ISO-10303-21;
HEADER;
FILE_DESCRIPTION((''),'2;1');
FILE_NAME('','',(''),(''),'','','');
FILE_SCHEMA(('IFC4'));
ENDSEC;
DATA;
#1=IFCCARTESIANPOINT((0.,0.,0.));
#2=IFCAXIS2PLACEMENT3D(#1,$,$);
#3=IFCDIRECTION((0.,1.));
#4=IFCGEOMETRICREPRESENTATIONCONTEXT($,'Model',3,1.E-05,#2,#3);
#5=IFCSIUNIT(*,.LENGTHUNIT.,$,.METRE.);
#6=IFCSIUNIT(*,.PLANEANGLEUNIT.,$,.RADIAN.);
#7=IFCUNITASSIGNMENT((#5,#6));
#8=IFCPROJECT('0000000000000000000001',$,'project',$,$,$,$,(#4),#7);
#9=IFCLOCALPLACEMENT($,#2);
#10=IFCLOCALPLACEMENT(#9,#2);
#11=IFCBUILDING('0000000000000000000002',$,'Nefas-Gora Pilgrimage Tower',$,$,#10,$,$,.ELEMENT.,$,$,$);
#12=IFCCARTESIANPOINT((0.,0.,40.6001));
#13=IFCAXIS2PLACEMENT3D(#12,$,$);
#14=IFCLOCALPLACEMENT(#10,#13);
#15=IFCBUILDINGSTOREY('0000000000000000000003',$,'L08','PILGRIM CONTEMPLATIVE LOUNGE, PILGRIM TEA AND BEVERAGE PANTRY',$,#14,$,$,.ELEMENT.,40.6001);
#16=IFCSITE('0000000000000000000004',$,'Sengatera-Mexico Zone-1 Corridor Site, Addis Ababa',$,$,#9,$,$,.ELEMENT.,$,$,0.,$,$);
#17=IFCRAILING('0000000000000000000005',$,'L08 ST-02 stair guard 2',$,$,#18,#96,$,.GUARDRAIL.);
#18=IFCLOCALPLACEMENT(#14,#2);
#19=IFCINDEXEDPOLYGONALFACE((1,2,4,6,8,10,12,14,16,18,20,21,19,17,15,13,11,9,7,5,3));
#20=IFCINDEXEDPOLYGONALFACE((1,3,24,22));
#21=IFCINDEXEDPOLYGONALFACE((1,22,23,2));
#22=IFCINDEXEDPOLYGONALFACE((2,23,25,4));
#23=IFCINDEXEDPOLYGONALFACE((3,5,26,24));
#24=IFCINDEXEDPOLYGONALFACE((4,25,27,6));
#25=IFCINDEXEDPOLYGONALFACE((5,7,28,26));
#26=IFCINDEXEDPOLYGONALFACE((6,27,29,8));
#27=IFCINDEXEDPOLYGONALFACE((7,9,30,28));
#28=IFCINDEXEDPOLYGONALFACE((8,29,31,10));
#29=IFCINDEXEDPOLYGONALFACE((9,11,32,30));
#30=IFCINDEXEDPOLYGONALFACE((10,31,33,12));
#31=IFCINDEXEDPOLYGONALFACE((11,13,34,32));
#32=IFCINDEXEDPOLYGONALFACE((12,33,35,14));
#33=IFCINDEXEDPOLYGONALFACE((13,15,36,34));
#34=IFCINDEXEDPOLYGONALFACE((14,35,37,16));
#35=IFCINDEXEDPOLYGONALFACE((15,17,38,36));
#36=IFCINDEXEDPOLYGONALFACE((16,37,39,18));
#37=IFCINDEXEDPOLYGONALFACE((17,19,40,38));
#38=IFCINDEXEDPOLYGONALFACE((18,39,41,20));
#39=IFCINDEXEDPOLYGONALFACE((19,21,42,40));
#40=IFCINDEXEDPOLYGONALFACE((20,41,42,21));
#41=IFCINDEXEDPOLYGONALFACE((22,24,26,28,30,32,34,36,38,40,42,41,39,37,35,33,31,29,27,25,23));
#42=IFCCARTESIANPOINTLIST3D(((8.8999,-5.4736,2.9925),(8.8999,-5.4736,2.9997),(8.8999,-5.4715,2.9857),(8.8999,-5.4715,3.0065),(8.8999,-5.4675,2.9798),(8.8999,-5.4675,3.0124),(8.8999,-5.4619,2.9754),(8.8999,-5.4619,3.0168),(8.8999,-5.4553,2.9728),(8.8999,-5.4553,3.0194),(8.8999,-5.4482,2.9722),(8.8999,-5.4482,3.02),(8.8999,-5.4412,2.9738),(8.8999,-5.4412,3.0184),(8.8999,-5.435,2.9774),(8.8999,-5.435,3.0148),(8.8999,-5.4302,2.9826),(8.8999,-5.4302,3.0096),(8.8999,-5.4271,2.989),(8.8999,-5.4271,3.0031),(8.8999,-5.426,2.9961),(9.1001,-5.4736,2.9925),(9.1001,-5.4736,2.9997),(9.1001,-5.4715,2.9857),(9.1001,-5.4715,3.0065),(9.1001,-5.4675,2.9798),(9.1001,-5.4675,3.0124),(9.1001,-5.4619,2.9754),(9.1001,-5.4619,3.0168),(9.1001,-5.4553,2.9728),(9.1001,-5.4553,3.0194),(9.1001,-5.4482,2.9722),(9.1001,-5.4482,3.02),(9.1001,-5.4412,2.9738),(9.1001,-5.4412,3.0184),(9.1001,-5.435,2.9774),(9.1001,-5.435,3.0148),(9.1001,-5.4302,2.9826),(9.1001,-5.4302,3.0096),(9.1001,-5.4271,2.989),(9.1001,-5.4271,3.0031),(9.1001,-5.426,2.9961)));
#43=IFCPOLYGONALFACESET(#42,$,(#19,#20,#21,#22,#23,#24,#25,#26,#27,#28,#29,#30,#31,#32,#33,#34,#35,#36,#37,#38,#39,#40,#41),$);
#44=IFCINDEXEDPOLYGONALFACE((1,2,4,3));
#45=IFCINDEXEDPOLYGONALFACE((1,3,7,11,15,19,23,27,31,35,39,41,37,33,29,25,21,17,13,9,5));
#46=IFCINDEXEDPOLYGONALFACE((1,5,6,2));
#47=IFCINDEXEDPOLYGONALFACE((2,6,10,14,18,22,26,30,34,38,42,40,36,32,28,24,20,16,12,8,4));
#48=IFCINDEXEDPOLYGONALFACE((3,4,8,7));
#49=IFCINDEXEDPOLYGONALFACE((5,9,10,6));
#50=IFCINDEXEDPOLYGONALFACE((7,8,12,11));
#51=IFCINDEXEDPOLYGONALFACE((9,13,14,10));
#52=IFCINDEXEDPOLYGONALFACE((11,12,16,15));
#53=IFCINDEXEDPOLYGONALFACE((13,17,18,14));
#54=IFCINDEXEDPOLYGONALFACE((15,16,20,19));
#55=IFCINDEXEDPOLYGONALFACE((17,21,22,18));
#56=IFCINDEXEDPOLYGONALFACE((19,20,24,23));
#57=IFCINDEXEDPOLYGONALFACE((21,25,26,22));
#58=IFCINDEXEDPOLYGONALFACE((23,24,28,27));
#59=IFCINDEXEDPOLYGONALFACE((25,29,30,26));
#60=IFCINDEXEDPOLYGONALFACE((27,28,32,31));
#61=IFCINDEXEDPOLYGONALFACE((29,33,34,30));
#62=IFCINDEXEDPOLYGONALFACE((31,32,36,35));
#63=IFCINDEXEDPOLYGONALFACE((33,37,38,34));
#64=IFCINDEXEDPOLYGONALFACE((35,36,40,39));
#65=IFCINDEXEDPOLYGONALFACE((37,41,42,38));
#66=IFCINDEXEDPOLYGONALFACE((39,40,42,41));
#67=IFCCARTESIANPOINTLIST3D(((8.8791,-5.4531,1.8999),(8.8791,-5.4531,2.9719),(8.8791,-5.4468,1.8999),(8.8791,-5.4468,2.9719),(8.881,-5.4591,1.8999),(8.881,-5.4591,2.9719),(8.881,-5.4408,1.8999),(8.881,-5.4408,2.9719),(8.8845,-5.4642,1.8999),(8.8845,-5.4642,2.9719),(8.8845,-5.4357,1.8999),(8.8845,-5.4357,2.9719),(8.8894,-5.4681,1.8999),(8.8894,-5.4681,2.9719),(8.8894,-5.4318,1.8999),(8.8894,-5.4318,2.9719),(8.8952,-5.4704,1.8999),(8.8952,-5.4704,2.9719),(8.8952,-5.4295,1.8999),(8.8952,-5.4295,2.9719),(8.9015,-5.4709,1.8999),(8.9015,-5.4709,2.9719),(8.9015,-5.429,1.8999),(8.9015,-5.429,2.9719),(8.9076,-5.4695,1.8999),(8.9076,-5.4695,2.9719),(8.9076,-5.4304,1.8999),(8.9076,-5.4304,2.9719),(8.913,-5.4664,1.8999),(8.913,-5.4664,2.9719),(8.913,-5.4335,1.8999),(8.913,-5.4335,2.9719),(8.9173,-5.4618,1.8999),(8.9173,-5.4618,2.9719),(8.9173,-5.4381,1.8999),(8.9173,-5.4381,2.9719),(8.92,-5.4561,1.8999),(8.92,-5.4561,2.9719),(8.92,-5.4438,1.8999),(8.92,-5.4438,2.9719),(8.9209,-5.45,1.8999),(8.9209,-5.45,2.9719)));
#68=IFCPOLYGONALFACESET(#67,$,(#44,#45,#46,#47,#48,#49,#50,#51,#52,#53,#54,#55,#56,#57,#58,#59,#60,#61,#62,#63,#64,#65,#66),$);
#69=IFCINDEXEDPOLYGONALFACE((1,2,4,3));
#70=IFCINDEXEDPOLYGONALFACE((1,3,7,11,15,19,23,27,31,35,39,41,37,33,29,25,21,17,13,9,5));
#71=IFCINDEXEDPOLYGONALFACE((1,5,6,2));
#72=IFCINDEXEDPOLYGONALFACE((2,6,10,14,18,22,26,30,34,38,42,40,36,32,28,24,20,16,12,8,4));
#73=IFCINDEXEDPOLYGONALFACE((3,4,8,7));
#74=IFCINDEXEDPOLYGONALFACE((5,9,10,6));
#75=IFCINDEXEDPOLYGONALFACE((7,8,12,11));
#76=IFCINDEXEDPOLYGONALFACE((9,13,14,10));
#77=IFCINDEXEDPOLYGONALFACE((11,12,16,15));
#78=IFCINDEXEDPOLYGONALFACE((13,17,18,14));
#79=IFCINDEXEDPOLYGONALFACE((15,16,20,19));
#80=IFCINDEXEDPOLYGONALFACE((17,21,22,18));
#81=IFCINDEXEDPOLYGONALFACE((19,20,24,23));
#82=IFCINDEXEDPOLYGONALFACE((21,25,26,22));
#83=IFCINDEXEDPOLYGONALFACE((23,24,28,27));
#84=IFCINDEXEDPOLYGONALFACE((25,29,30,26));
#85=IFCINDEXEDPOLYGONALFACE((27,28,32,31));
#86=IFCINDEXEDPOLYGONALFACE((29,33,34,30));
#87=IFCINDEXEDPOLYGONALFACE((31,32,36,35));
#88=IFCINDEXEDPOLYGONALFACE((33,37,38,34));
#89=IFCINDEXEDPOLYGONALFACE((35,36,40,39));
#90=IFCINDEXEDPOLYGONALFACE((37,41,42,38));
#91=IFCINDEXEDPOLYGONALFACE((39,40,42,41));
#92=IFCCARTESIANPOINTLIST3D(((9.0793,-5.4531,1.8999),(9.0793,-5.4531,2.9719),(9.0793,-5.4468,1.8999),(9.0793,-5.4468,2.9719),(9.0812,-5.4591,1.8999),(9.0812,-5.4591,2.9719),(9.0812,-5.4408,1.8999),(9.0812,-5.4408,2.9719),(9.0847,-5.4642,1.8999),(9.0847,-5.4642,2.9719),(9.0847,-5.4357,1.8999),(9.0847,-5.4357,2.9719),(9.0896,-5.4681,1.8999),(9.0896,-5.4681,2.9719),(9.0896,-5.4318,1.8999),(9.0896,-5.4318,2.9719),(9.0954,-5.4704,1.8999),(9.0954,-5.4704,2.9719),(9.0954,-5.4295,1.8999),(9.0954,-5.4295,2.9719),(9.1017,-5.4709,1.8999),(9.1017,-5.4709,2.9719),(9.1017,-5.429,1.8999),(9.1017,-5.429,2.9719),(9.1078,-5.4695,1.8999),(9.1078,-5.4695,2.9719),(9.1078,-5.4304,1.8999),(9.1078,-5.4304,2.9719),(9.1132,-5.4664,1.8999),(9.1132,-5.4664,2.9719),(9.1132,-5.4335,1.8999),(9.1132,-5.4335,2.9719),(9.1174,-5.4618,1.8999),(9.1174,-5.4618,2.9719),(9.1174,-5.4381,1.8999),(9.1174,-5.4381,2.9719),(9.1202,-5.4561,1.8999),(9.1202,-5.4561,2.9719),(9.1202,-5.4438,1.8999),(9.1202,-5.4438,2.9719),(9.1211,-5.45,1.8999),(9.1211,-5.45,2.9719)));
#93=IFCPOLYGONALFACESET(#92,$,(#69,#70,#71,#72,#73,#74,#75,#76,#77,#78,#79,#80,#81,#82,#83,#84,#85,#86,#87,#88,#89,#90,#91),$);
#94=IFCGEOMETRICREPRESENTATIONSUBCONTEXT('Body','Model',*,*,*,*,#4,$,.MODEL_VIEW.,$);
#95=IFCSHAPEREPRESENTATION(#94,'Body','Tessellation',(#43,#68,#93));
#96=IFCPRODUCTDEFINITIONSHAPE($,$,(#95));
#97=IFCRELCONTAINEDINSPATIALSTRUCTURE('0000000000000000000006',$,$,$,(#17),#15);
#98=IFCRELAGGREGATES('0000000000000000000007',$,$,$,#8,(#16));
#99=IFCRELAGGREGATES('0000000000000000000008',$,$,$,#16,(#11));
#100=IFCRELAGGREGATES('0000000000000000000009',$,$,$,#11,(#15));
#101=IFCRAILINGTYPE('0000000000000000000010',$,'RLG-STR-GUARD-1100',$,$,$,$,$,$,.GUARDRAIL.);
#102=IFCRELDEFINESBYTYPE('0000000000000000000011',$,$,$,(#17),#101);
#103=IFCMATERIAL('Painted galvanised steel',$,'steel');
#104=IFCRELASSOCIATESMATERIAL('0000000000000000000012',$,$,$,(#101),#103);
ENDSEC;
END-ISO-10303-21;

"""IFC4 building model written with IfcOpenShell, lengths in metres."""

from ifc_helpers import new_model, si_unit, direction, frame, origin, origin_2d, place, context, subcontext, project, spatial, circle, extrude, material, type_object, element, save


model = new_model("IFC4")

# Units and contexts
model_context = context("Model", 3, precision=1e-05, world=origin(), true_north=direction((0.0, 1.0)))
body_context = subcontext(model_context, "Body", "Model", "MODEL_VIEW")
ifc_project = project(units=[si_unit("LENGTHUNIT", "METRE"), si_unit("PLANEANGLEUNIT", "RADIAN")], contexts=[model_context])

# Site, building, storey
site_placement = place(None, origin())
site = spatial("IfcSite", under=ifc_project, at=site_placement, Name="Sengatera-Mexico Zone-1 Corridor Site, Addis Ababa", CompositionType="ELEMENT", RefElevation=0.0)
building_placement = place(site_placement, origin())
building = spatial("IfcBuilding", under=site, at=building_placement, Name="Nefas-Gora Pilgrimage Tower", CompositionType="ELEMENT")
storey_placement = place(building_placement, frame((0.0, 0.0, 40.6001)))
storey = spatial("IfcBuildingStorey", under=building, at=storey_placement, Name="L08", Description="PILGRIM CONTEMPLATIVE LOUNGE, PILGRIM TEA AND BEVERAGE PANTRY", CompositionType="ELEMENT", Elevation=40.6001)

# Railing
ifc_material_1 = material(Name="Painted galvanised steel", Category="steel")
railing_type_1 = type_object("IfcRailingType", Name="RLG-STR-GUARD-1100", PredefinedType="GUARDRAIL", material=ifc_material_1)
railing_1_placement = place(storey_placement, frame((8.8999, -5.45, 1.8999)))
element("IfcRailing", 1, at=railing_1_placement, inside=storey, type_object=railing_type_1, Name="L08 ST-02 stair guard 2", PredefinedType="GUARDRAIL", context=body_context, shape_type="SweptSolid", body=[
    extrude(circle(Radius=0.0239, at=origin_2d()), frame((0.0, 0.0, 1.0962), z_axis=(1.0, 0.0, 0.0), x_axis=(0.0, 1.0, 0.0)), (0.0, 0.0, 1.0), 0.2002),
    extrude(circle(Radius=0.021, at=origin_2d()), origin(), (0.0, 0.0, 1.0), 1.072),
    extrude(circle(Radius=0.021, at=origin_2d()), frame((0.2002, 0.0, 0.0)), (0.0, 0.0, 1.0), 1.072),
])

save(model, "model.ifc")
